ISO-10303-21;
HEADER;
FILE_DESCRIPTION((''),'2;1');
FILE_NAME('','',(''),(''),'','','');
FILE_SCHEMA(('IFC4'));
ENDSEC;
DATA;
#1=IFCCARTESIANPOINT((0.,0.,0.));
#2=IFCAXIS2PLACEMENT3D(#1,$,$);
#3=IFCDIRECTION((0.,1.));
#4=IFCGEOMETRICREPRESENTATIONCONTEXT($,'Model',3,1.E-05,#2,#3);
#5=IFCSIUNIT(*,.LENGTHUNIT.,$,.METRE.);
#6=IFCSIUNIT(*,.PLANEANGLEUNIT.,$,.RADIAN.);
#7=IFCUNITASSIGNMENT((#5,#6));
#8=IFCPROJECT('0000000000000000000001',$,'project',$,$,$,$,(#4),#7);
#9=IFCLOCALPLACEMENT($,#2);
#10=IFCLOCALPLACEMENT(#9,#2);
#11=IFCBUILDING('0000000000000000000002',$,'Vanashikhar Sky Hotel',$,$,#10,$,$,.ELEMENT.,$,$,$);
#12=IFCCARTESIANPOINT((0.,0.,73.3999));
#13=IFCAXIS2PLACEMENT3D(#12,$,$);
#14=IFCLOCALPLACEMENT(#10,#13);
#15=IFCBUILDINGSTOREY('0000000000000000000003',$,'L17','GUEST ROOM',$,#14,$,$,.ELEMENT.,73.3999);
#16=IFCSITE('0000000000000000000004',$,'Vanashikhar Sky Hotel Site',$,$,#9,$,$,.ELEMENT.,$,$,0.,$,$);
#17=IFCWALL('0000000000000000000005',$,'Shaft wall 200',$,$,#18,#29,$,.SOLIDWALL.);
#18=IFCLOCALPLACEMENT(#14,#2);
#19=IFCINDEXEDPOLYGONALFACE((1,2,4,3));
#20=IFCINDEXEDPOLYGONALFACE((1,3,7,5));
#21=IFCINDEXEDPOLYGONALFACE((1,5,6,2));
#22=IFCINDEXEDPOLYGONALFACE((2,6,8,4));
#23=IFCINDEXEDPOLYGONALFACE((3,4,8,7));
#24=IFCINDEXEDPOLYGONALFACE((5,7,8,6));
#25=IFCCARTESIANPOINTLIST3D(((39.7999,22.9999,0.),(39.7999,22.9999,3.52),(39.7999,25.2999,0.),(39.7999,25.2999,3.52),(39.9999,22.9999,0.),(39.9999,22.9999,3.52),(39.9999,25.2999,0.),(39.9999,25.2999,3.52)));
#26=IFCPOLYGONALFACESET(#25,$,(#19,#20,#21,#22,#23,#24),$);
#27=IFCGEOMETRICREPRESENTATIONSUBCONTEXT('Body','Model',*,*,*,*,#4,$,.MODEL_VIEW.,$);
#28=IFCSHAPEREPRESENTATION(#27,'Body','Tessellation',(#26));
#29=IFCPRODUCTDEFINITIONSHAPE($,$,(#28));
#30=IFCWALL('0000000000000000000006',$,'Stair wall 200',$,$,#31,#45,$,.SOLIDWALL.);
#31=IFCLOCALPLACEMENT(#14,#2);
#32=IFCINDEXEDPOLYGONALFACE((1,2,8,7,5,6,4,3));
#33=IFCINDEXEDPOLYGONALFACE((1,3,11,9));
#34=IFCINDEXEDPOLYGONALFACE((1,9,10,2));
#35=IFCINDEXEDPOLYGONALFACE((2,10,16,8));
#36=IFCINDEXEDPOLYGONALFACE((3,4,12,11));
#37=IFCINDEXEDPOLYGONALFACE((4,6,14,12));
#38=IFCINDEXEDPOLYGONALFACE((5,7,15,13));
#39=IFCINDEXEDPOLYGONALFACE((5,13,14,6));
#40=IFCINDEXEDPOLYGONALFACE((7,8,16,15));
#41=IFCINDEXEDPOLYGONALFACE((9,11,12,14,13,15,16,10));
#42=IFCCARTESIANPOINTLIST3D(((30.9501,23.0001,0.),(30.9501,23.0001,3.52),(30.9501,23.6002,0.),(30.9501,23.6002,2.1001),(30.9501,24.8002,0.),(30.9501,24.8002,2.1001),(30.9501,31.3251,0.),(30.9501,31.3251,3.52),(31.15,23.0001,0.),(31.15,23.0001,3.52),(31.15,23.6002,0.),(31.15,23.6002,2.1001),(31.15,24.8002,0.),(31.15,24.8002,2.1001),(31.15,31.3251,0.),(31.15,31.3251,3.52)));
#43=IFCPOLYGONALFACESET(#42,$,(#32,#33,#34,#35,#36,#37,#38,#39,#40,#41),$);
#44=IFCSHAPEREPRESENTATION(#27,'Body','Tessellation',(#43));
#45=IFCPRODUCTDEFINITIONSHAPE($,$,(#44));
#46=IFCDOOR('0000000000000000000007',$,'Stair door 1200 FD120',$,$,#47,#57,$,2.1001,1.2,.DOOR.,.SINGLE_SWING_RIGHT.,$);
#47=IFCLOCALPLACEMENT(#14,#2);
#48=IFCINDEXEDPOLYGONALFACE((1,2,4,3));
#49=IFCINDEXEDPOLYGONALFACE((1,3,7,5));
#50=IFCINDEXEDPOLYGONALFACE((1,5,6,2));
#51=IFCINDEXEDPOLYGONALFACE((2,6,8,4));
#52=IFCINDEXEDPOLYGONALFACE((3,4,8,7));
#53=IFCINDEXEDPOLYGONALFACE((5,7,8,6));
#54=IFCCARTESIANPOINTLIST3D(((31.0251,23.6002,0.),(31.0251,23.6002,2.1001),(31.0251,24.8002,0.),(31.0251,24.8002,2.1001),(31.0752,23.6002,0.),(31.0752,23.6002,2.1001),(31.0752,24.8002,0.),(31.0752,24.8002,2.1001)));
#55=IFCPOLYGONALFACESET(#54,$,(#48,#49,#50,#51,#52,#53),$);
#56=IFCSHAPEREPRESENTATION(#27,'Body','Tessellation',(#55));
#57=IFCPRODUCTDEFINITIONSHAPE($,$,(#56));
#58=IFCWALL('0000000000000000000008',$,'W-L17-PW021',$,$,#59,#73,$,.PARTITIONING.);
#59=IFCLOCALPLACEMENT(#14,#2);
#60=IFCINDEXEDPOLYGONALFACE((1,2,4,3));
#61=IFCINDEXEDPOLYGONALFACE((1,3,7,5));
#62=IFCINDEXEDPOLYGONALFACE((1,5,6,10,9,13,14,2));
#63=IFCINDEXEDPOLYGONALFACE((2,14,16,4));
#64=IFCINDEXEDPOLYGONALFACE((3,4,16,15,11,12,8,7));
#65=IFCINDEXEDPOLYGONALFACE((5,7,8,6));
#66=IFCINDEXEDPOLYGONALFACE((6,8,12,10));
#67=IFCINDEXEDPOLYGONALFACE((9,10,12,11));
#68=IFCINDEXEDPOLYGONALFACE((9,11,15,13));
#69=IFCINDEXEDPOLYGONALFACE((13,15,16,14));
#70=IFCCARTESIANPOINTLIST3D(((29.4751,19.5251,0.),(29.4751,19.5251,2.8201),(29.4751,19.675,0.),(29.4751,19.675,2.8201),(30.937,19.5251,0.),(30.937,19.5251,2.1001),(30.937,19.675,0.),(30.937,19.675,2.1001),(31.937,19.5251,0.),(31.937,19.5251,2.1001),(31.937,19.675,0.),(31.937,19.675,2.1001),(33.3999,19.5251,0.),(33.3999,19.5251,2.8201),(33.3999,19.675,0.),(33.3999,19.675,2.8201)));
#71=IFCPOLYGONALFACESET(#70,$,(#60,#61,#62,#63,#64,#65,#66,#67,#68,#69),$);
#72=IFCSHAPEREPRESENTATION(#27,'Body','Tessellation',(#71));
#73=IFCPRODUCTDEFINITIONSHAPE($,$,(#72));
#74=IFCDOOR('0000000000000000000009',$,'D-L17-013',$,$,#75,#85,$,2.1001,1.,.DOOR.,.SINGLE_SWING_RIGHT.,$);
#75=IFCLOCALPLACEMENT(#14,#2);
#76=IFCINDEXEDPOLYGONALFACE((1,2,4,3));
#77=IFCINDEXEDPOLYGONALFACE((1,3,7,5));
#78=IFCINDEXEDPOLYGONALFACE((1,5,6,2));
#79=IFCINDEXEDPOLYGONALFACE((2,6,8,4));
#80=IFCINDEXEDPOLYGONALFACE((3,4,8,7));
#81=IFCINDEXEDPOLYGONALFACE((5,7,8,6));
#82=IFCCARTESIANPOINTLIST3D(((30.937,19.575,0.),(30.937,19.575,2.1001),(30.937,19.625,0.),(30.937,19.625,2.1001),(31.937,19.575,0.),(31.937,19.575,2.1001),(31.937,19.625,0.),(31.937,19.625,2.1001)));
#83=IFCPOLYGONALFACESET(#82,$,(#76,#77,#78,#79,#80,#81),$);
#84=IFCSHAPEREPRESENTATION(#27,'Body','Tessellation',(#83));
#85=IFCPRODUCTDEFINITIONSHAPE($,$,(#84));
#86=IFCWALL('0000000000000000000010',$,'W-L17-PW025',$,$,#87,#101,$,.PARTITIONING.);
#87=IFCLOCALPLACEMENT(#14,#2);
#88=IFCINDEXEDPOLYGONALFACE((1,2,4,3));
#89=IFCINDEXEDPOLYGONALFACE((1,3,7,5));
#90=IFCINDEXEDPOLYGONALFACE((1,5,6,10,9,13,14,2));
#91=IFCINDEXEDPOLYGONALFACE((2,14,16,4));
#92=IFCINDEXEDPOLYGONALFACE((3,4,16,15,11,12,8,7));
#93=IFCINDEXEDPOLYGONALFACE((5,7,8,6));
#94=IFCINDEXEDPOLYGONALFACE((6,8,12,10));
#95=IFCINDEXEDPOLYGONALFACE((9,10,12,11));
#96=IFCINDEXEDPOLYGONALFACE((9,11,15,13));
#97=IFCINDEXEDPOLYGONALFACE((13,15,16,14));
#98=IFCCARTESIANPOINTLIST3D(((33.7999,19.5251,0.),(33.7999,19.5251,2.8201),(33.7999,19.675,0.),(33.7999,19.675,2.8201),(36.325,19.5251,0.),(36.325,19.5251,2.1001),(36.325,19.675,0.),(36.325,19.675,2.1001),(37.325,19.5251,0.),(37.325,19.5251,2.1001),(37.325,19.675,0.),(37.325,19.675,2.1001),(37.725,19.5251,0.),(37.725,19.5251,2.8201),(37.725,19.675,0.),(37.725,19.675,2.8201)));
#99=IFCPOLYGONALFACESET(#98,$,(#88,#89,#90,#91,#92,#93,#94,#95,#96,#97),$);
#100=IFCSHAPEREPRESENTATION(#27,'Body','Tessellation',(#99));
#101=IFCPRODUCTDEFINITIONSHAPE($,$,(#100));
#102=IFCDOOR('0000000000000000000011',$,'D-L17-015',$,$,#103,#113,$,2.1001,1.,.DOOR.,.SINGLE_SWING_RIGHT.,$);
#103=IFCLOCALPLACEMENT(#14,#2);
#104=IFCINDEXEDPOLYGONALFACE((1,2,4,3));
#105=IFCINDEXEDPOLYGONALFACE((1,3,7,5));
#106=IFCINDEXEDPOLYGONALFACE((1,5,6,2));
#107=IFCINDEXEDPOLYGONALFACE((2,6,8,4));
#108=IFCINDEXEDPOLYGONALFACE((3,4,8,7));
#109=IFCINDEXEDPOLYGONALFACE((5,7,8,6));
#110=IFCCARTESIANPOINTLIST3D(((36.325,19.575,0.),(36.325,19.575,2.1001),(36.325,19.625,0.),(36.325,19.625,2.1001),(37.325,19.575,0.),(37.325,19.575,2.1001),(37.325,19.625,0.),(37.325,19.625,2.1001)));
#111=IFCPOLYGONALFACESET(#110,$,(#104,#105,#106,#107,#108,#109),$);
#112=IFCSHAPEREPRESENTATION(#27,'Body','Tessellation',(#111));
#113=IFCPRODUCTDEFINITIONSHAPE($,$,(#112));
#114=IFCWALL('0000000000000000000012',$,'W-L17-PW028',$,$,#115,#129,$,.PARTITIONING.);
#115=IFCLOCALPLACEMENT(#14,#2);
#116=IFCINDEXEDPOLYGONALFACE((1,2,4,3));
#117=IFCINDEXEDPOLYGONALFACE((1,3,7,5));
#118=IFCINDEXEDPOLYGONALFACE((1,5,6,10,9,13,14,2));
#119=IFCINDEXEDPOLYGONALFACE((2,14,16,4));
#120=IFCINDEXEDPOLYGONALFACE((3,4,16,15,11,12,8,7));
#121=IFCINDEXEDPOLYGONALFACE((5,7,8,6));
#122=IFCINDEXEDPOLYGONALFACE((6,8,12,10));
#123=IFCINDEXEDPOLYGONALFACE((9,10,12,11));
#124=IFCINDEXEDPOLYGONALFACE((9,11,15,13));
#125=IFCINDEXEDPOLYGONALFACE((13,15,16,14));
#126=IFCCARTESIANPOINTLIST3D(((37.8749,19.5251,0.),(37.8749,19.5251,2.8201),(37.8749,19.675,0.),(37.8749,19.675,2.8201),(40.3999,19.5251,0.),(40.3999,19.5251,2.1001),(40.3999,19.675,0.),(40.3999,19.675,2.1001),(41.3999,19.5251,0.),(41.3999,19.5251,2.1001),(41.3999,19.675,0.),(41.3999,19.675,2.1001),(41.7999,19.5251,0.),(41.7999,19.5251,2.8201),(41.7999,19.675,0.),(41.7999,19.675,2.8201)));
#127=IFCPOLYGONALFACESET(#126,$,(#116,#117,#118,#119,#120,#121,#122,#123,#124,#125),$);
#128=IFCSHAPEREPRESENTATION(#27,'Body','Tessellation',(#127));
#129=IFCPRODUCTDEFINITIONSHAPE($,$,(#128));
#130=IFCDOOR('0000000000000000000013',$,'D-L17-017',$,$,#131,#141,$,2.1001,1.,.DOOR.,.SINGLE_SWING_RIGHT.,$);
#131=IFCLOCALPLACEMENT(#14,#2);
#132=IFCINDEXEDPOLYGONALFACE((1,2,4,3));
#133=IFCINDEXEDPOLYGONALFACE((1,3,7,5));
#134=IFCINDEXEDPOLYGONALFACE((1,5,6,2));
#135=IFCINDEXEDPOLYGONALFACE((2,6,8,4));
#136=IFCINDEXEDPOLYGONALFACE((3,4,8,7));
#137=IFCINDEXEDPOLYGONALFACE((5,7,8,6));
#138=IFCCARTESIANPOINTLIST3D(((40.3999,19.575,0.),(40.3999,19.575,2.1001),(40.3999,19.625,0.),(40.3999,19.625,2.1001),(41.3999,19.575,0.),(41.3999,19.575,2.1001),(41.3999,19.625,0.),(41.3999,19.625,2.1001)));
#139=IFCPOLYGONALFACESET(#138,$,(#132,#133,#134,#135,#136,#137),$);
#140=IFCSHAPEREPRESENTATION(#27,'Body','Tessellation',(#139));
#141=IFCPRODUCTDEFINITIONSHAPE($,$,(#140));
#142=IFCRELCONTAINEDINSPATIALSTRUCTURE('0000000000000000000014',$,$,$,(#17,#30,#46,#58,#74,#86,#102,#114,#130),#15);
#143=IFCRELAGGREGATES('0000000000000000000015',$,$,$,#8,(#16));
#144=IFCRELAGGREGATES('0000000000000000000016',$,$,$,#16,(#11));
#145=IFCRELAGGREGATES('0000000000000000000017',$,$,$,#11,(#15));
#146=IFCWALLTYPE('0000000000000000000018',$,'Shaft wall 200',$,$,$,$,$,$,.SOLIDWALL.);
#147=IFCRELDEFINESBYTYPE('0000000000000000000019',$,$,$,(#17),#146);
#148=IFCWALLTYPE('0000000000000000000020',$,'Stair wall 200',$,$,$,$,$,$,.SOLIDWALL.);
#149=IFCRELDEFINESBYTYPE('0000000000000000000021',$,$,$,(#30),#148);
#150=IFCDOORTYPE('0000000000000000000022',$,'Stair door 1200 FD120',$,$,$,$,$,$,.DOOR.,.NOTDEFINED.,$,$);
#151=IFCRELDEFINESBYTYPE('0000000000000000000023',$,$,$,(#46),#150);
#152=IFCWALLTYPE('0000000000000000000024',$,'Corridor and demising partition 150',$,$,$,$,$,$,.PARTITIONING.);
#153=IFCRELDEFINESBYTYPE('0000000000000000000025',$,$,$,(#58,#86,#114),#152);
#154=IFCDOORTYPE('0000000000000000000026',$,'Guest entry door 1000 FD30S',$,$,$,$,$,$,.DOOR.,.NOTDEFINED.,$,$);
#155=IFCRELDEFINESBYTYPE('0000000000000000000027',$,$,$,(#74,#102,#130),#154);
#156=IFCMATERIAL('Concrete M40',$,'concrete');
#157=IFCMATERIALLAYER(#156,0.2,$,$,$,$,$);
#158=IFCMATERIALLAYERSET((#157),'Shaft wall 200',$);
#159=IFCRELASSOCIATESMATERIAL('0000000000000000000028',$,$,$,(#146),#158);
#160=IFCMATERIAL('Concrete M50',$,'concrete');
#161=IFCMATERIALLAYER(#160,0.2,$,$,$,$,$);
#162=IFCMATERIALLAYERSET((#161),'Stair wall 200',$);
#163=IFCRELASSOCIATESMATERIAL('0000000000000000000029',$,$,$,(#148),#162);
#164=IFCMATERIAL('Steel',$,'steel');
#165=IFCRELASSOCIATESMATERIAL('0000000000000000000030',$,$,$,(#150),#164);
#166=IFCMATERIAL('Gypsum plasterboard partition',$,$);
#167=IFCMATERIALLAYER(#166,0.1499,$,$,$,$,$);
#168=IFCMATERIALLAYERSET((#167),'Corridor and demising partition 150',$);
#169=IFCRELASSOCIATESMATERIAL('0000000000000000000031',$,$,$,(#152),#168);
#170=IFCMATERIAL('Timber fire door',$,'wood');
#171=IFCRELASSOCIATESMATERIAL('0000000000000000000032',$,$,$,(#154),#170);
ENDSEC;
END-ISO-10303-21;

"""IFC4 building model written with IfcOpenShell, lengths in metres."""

from ifc_helpers import new_model, si_unit, direction, frame, frame_2d, origin, place, context, subcontext, project, spatial, rectangle, extrude, source, transform, mapped, material, layer, layer_set, type_object, element, fill, save


model = new_model("IFC4")

# Units and contexts
model_context = context("Model", 3, precision=1e-05, world=origin(), true_north=direction((0.0, 1.0)))
body_context = subcontext(model_context, "Body", "Model", "MODEL_VIEW")
ifc_project = project(units=[si_unit("LENGTHUNIT", "METRE"), si_unit("PLANEANGLEUNIT", "RADIAN")], contexts=[model_context])

# Site, building, storey
site_placement = place(None, origin())
site = spatial("IfcSite", under=ifc_project, at=site_placement, Name="Vanashikhar Sky Hotel Site", CompositionType="ELEMENT", RefElevation=0.0)
building_placement = place(site_placement, origin())
building = spatial("IfcBuilding", under=site, at=building_placement, Name="Vanashikhar Sky Hotel", CompositionType="ELEMENT")
storey_placement = place(building_placement, frame((0.0, 0.0, 73.3999)))
storey = spatial("IfcBuildingStorey", under=building, at=storey_placement, Name="L17", Description="GUEST ROOM", CompositionType="ELEMENT", Elevation=73.3999)

# Shared definitions
ifc_material_1 = material(Name="Steel", Category="steel")

# Shared definitions
ifc_material_2 = material(Name="Concrete M40", Category="concrete")
ifc_layer_1 = layer(ifc_material_2, 0.2)
ifc_layer_set_1 = layer_set([ifc_layer_1], Name="Shaft wall 200")
wall_type_1 = type_object("IfcWallType", Name="Shaft wall 200", PredefinedType="SOLIDWALL", material=ifc_layer_set_1)

# Wall
shared_shape_1 = source(origin(), body_context, "Body", "SweptSolid", [
    extrude(rectangle(XDim=2.3, YDim=0.2, at=frame_2d((1.1499, 0.0))), origin(), (0.0, 0.0, 1.0), 3.52),
])
wall_1_placement = place(storey_placement, frame((39.8999, 23.0, 0.0), z_axis=(0.0, 0.0, 1.0), x_axis=(0.0, 1.0, 0.0)))
element("IfcWall", 1, at=wall_1_placement, inside=storey, type_object=wall_type_1, Name="Shaft wall 200", PredefinedType="SOLIDWALL", context=body_context, shape_type="MappedRepresentation", body=[
    mapped(shared_shape_1, transform((0.0, 0.0, 0.0), scale=1.0)),
])

# Walls, openings, doors
ifc_material_3 = material(Name="Concrete M50", Category="concrete")
ifc_layer_2 = layer(ifc_material_3, 0.2)
ifc_layer_set_2 = layer_set([ifc_layer_2], Name="Stair wall 200")
wall_type_2 = type_object("IfcWallType", Name="Stair wall 200", PredefinedType="SOLIDWALL", material=ifc_layer_set_2)
shared_shape_2 = source(origin(), body_context, "Body", "SweptSolid", [
    extrude(rectangle(XDim=8.325, YDim=0.2, at=frame_2d((4.1626, 0.0))), origin(), (0.0, 0.0, 1.0), 3.52),
])
wall_2_placement = place(storey_placement, frame((31.05, 23.0, 0.0), z_axis=(0.0, 0.0, 1.0), x_axis=(0.0, 1.0, 0.0)))
wall_2 = element("IfcWall", 2, at=wall_2_placement, inside=storey, type_object=wall_type_2, Name="Stair wall 200", PredefinedType="SOLIDWALL", context=body_context, shape_type="MappedRepresentation", body=[
    mapped(shared_shape_2, transform((0.0, 0.0, 0.0), scale=1.0)),
])
shared_shape_3 = source(origin(), body_context, "Body", "SweptSolid", [
    extrude(rectangle(XDim=1.2, YDim=2.1001, at=frame_2d((0.6001, 1.05))), frame((0.0, 0.1099, 0.0), z_axis=(0.0, -1.0, 0.0), x_axis=(1.0, 0.0, 0.0)), (0.0, 0.0, 1.0), 0.22),
])
opening_1_placement = place(wall_2_placement, frame((0.6001, 0.0, 0.0)))
opening_1 = element("IfcOpeningElement", 3, at=opening_1_placement, cuts=wall_2, PredefinedType="OPENING", context=body_context, shape_type="MappedRepresentation", body=[
    mapped(shared_shape_3, transform((0.0, 0.0, 0.0), scale=1.0)),
])
door_type_1 = type_object("IfcDoorType", Name="Stair door 1200 FD120", OperationType="NOTDEFINED", PredefinedType="DOOR", material=ifc_material_1)
shared_shape_4 = source(origin(), body_context, "Body", "SweptSolid", [
    extrude(rectangle(XDim=1.2, YDim=2.1001, at=frame_2d((0.6001, 1.05))), frame((0.0, 0.0249, 0.0), z_axis=(0.0, -1.0, 0.0), x_axis=(1.0, 0.0, 0.0)), (0.0, 0.0, 1.0), 0.05),
])
door_1_placement = place(opening_1_placement, origin())
door_1 = element("IfcDoor", 4, at=door_1_placement, inside=storey, type_object=door_type_1, Name="Stair door 1200 FD120", OperationType="SINGLE_SWING_RIGHT", OverallHeight=2.1001, OverallWidth=1.2, PredefinedType="DOOR", context=body_context, shape_type="MappedRepresentation", body=[
    mapped(shared_shape_4, transform((0.0, 0.0, 0.0), scale=1.0)),
])
fill(opening_1, door_1)
ifc_material_4 = material(Name="Gypsum plasterboard partition")
ifc_layer_3 = layer(ifc_material_4, 0.1499)
ifc_layer_set_3 = layer_set([ifc_layer_3], Name="Corridor and demising partition 150")
wall_type_3 = type_object("IfcWallType", Name="Corridor and demising partition 150", PredefinedType="PARTITIONING", material=ifc_layer_set_3)
shared_shape_5 = source(origin(), body_context, "Body", "SweptSolid", [
    extrude(rectangle(XDim=3.9248, YDim=0.1499, at=frame_2d((1.9624, 0.0))), origin(), (0.0, 0.0, 1.0), 2.8201),
])
wall_3_placement = place(storey_placement, frame((29.4751, 19.6001, 0.0), z_axis=(0.0, 0.0, 1.0), x_axis=(1.0, 0.0, 0.0)))
wall_3 = element("IfcWall", 5, at=wall_3_placement, inside=storey, type_object=wall_type_3, Name="W-L17-PW021", PredefinedType="PARTITIONING", context=body_context, shape_type="MappedRepresentation", body=[
    mapped(shared_shape_5, transform((0.0, 0.0, 0.0), scale=1.0)),
])
shared_shape_6 = source(origin(), body_context, "Body", "SweptSolid", [
    extrude(rectangle(XDim=1.0, YDim=2.1001, at=frame_2d((0.5, 1.05))), frame((0.0, 0.085, 0.0), z_axis=(0.0, -1.0, 0.0), x_axis=(1.0, 0.0, 0.0)), (0.0, 0.0, 1.0), 0.1699),
])
opening_2_placement = place(wall_3_placement, frame((1.4619, 0.0, 0.0)))
opening_2 = element("IfcOpeningElement", 6, at=opening_2_placement, cuts=wall_3, PredefinedType="OPENING", context=body_context, shape_type="MappedRepresentation", body=[
    mapped(shared_shape_6, transform((0.0, 0.0, 0.0), scale=1.0)),
])
ifc_material_5 = material(Name="Timber fire door", Category="wood")
door_type_2 = type_object("IfcDoorType", Name="Guest entry door 1000 FD30S", OperationType="NOTDEFINED", PredefinedType="DOOR", material=ifc_material_5)
shared_shape_7 = source(origin(), body_context, "Body", "SweptSolid", [
    extrude(rectangle(XDim=1.0, YDim=2.1001, at=frame_2d((0.5, 1.05))), frame((0.0, 0.0249, 0.0), z_axis=(0.0, -1.0, 0.0), x_axis=(1.0, 0.0, 0.0)), (0.0, 0.0, 1.0), 0.05),
])
door_2_placement = place(opening_2_placement, origin())
door_2 = element("IfcDoor", 7, at=door_2_placement, inside=storey, type_object=door_type_2, Name="D-L17-013", OperationType="SINGLE_SWING_RIGHT", OverallHeight=2.1001, OverallWidth=1.0, PredefinedType="DOOR", context=body_context, shape_type="MappedRepresentation", body=[
    mapped(shared_shape_7, transform((0.0, 0.0, 0.0), scale=1.0)),
])
fill(opening_2, door_2)
shared_shape_8 = source(origin(), body_context, "Body", "SweptSolid", [
    extrude(rectangle(XDim=3.925, YDim=0.1499, at=frame_2d((1.9624, 0.0))), origin(), (0.0, 0.0, 1.0), 2.8201),
])
wall_4_placement = place(storey_placement, frame((33.8, 19.6001, 0.0), z_axis=(0.0, 0.0, 1.0), x_axis=(1.0, 0.0, 0.0)))
wall_4 = element("IfcWall", 8, at=wall_4_placement, inside=storey, type_object=wall_type_3, Name="W-L17-PW025", PredefinedType="PARTITIONING", context=body_context, shape_type="MappedRepresentation", body=[
    mapped(shared_shape_8, transform((0.0, 0.0, 0.0), scale=1.0)),
])
opening_3_placement = place(wall_4_placement, frame((2.5249, 0.0, 0.0)))
opening_3 = element("IfcOpeningElement", 9, at=opening_3_placement, cuts=wall_4, PredefinedType="OPENING", context=body_context, shape_type="MappedRepresentation", body=[
    mapped(shared_shape_6, transform((0.0, 0.0, 0.0), scale=1.0)),
])
door_3_placement = place(opening_3_placement, origin())
door_3 = element("IfcDoor", 10, at=door_3_placement, inside=storey, type_object=door_type_2, Name="D-L17-015", OperationType="SINGLE_SWING_RIGHT", OverallHeight=2.1001, OverallWidth=1.0, PredefinedType="DOOR", context=body_context, shape_type="MappedRepresentation", body=[
    mapped(shared_shape_7, transform((0.0, 0.0, 0.0), scale=1.0)),
])
fill(opening_3, door_3)
wall_5_placement = place(storey_placement, frame((37.875, 19.6001, 0.0), z_axis=(0.0, 0.0, 1.0), x_axis=(1.0, 0.0, 0.0)))
wall_5 = element("IfcWall", 11, at=wall_5_placement, inside=storey, type_object=wall_type_3, Name="W-L17-PW028", PredefinedType="PARTITIONING", context=body_context, shape_type="MappedRepresentation", body=[
    mapped(shared_shape_8, transform((0.0, 0.0, 0.0), scale=1.0)),
])
opening_4_placement = place(wall_5_placement, frame((2.5249, 0.0, 0.0)))
opening_4 = element("IfcOpeningElement", 12, at=opening_4_placement, cuts=wall_5, PredefinedType="OPENING", context=body_context, shape_type="MappedRepresentation", body=[
    mapped(shared_shape_6, transform((0.0, 0.0, 0.0), scale=1.0)),
])
door_4_placement = place(opening_4_placement, origin())
door_4 = element("IfcDoor", 13, at=door_4_placement, inside=storey, type_object=door_type_2, Name="D-L17-017", OperationType="SINGLE_SWING_RIGHT", OverallHeight=2.1001, OverallWidth=1.0, PredefinedType="DOOR", context=body_context, shape_type="MappedRepresentation", body=[
    mapped(shared_shape_7, transform((0.0, 0.0, 0.0), scale=1.0)),
])
fill(opening_4, door_4)

save(model, "model.ifc")
